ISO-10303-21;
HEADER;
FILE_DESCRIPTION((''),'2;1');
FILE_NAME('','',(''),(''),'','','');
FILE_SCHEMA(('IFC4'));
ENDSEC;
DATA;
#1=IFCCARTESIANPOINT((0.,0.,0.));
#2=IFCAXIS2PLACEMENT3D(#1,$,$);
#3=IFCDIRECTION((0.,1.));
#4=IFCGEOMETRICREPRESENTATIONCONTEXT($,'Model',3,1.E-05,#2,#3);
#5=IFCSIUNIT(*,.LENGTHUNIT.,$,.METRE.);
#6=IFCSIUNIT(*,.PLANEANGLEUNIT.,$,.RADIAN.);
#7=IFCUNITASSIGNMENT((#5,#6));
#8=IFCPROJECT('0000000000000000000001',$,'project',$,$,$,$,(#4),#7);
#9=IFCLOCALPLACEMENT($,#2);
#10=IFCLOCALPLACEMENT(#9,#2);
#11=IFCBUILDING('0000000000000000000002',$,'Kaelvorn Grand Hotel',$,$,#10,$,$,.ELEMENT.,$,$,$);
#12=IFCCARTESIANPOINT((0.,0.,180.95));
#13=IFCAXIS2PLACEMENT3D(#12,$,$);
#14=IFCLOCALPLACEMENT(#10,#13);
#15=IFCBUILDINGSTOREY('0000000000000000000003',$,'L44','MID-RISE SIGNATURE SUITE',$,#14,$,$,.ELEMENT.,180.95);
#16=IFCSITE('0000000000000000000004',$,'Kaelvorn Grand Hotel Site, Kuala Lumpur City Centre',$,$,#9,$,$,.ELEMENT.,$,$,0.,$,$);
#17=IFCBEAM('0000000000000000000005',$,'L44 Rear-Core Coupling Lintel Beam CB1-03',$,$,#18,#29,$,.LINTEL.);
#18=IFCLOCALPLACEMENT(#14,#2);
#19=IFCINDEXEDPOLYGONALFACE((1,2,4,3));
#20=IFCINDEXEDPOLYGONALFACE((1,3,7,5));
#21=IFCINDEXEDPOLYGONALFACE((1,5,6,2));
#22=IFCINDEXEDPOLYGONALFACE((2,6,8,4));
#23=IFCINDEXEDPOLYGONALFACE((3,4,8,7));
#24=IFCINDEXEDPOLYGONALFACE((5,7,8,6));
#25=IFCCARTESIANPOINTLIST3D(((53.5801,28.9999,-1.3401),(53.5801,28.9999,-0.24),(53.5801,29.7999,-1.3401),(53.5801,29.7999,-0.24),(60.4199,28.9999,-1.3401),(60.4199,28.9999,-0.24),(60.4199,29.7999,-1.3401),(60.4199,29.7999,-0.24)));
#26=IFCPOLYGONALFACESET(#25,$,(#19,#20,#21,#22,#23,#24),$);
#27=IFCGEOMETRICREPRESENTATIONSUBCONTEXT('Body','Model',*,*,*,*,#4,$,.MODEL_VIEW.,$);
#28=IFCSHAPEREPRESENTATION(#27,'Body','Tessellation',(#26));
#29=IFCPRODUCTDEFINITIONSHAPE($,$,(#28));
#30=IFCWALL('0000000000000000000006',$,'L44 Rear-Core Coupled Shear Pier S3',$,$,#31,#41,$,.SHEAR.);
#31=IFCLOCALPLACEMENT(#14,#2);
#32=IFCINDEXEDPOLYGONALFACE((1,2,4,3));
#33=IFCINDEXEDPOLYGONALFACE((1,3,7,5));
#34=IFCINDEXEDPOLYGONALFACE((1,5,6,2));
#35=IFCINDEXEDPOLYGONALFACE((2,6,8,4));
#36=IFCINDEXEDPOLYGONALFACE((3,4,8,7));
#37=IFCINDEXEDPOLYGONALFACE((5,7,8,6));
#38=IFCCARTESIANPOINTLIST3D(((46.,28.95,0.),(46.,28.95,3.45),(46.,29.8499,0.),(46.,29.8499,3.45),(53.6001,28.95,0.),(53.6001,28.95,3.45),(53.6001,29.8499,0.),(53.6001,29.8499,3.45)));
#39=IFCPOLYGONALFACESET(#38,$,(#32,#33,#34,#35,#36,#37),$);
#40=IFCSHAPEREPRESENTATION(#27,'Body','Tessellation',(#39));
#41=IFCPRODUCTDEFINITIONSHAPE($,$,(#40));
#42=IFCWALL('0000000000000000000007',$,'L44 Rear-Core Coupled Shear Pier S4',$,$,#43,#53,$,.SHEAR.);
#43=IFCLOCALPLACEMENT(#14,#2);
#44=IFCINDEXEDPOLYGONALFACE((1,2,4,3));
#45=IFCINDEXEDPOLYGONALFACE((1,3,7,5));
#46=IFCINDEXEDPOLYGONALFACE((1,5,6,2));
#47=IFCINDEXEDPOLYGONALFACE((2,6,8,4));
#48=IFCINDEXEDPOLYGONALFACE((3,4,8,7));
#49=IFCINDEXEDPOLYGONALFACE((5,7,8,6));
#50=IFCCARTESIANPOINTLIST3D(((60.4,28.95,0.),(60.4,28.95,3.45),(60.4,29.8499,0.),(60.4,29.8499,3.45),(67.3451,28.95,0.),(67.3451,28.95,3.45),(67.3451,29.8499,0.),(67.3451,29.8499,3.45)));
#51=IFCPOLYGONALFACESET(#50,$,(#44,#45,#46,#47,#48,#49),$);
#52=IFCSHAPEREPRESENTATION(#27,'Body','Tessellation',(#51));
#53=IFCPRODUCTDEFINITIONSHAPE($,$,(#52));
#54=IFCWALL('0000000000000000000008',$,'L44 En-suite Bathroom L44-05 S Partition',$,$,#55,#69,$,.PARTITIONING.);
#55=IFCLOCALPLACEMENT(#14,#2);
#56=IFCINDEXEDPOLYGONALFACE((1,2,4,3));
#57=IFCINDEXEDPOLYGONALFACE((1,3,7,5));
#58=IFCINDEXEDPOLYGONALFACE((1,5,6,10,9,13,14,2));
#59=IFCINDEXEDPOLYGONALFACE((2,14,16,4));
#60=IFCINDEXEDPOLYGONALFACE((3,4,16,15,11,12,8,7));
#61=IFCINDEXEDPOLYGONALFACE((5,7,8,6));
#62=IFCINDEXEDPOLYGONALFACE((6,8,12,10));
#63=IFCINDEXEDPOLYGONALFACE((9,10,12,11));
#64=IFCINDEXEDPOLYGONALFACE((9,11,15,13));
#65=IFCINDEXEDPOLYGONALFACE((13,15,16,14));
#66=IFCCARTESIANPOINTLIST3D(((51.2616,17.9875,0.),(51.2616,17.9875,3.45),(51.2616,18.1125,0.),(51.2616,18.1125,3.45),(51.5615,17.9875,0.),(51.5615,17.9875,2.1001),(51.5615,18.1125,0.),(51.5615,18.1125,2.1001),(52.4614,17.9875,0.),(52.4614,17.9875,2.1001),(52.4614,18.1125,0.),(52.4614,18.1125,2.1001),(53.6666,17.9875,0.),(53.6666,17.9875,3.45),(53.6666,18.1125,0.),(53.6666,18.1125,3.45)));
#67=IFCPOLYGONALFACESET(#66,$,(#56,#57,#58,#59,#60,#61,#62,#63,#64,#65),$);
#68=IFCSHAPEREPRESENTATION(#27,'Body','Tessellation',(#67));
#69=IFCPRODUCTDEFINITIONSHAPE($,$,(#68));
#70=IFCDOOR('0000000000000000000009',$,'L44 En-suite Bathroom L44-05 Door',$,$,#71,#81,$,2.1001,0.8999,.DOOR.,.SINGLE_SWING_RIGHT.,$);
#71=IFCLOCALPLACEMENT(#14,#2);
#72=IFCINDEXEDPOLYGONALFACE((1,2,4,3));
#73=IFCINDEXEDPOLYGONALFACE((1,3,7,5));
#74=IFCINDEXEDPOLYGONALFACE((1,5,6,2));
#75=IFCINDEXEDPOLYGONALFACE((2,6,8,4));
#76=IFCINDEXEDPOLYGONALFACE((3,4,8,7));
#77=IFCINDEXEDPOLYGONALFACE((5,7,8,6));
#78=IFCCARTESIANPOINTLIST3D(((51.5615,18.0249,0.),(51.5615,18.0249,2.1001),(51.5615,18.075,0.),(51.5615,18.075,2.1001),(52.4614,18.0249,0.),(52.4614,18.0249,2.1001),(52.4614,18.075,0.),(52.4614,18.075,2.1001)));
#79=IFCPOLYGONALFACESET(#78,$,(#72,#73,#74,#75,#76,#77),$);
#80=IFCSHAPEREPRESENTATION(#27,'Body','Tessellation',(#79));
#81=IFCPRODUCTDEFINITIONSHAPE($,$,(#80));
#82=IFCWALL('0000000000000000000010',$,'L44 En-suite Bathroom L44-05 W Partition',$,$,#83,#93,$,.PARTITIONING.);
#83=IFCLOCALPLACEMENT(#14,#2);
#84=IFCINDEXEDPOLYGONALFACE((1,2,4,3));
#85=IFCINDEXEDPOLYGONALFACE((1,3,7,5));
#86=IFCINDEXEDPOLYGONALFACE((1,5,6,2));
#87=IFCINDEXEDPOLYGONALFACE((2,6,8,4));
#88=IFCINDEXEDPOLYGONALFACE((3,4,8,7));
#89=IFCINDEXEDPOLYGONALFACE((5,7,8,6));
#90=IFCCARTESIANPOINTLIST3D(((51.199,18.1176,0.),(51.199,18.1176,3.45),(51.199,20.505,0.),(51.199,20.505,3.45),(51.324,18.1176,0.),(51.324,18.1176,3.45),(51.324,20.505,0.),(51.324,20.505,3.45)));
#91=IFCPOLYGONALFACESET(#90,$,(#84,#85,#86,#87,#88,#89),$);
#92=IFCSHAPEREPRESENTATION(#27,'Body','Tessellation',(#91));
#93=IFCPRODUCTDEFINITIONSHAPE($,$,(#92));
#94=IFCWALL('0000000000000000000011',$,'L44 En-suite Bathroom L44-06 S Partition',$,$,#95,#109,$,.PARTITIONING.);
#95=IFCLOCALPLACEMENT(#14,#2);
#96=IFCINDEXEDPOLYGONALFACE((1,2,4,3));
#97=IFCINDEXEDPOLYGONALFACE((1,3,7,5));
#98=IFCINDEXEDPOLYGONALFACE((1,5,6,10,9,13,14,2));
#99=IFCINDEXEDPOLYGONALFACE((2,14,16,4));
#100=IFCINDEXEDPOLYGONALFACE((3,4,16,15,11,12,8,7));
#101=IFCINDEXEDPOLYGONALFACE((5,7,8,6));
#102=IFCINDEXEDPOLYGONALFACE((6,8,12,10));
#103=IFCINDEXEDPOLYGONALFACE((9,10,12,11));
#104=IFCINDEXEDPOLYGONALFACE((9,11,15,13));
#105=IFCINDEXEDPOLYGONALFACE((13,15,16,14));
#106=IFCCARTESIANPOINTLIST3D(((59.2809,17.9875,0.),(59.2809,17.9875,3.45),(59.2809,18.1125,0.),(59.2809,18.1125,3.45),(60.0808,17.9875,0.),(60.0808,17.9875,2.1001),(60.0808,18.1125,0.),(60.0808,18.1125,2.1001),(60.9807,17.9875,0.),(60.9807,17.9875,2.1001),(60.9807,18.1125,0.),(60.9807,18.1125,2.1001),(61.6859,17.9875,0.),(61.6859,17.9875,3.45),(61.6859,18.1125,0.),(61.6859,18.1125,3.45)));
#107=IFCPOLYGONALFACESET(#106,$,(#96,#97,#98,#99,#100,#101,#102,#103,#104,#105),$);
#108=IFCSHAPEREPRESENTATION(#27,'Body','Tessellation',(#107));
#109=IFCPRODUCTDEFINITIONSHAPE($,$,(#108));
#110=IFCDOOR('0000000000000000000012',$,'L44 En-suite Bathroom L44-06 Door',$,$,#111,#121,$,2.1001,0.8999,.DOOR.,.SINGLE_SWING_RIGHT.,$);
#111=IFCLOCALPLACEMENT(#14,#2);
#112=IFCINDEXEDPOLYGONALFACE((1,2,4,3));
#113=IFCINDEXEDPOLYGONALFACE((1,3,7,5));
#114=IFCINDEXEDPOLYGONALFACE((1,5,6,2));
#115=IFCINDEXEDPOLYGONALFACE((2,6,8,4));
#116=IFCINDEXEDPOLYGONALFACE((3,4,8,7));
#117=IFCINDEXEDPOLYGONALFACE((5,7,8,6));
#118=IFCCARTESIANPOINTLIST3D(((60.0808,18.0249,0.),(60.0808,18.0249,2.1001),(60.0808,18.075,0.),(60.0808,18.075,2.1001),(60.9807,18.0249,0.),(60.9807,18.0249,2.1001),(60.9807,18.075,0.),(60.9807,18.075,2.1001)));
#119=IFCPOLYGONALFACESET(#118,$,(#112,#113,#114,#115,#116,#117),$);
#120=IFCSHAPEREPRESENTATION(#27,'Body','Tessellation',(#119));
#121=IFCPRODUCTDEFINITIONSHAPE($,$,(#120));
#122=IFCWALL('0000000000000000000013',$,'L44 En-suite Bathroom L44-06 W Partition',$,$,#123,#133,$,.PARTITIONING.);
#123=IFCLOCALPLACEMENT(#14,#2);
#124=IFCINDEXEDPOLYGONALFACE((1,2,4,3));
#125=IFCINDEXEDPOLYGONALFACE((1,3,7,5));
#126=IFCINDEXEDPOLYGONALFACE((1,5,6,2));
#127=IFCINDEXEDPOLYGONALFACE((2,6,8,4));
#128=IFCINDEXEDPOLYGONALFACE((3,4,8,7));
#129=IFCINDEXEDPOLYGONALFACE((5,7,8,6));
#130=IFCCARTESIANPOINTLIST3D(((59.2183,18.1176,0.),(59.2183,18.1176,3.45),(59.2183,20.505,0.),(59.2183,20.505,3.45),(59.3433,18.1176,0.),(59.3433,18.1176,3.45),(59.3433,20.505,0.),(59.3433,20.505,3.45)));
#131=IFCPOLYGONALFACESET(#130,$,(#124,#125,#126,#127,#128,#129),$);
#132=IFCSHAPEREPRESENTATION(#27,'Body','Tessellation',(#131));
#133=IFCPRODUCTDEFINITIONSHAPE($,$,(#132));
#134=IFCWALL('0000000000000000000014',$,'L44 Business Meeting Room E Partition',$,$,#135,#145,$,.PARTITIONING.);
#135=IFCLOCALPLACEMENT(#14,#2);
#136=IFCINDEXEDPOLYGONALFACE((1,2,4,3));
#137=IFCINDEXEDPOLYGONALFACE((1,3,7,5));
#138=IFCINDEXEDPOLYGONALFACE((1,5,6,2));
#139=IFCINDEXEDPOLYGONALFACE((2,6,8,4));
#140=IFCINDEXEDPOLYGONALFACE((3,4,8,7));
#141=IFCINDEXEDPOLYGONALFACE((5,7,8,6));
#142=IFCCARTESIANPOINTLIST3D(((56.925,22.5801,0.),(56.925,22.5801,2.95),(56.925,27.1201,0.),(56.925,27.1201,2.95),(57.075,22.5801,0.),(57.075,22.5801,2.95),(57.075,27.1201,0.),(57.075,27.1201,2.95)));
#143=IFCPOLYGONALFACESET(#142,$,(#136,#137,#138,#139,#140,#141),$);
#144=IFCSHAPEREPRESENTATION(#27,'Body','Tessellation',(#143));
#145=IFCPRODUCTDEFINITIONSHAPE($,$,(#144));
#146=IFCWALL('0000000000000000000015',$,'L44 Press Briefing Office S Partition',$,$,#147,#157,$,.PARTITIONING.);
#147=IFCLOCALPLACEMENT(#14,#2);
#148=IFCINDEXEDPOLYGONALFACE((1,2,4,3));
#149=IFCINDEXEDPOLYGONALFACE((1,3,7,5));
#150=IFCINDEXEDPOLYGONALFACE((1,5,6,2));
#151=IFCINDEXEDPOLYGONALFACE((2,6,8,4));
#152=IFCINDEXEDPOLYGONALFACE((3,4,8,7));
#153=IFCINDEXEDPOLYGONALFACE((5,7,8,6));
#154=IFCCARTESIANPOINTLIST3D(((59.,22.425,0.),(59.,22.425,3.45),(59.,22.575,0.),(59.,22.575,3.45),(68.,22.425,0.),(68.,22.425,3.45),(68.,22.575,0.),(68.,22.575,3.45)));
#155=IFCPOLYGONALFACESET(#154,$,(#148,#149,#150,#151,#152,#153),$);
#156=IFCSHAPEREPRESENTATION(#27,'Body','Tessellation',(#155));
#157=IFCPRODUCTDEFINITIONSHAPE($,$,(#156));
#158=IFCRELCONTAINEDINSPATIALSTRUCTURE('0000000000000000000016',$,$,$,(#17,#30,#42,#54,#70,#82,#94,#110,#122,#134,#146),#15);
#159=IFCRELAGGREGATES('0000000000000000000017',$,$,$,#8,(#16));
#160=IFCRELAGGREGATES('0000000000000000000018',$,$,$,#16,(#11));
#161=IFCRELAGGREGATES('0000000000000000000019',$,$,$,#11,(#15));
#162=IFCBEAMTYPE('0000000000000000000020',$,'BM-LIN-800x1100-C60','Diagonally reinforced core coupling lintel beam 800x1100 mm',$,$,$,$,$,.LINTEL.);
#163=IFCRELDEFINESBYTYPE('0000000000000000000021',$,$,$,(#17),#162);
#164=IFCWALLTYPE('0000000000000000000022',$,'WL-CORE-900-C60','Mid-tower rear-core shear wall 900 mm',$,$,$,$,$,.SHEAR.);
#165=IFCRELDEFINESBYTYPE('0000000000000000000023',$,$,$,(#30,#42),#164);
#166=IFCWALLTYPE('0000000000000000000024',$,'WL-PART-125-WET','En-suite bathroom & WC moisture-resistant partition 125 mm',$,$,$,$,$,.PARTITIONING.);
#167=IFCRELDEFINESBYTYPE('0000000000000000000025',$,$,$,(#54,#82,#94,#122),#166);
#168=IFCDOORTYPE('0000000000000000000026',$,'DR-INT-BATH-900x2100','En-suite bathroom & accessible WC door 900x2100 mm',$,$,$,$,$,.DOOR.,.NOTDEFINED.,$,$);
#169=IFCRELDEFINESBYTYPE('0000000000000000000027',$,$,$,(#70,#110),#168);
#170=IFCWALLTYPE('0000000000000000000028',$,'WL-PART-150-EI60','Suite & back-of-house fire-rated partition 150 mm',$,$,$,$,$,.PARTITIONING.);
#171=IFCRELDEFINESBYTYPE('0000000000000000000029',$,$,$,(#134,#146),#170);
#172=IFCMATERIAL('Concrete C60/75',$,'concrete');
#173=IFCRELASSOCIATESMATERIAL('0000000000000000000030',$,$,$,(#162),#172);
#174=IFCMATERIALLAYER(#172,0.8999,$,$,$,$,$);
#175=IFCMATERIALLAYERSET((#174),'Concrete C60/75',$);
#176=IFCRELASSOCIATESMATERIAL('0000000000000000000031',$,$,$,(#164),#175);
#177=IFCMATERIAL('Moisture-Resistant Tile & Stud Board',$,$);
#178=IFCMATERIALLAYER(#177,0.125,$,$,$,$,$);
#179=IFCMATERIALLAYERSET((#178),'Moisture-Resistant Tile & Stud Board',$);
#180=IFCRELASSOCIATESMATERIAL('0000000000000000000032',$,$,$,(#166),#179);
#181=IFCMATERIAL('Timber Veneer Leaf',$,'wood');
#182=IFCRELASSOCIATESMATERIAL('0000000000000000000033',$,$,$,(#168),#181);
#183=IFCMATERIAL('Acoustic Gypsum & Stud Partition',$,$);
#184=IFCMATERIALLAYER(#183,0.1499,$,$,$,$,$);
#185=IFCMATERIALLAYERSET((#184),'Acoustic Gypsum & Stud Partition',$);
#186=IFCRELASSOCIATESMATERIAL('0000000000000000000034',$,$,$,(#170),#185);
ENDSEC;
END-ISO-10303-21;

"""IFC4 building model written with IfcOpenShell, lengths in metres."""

from ifc_helpers import new_model, si_unit, direction, frame, frame_2d, origin, origin_2d, place, context, subcontext, project, spatial, rectangle, extrude, material, layer, layer_set, material_profile, profile_set, type_object, element, fill, save


model = new_model("IFC4")

# Units and contexts
model_context = context("Model", 3, precision=1e-05, world=origin(), true_north=direction((0.0, 1.0)))
body_context = subcontext(model_context, "Body", "Model", "MODEL_VIEW")
ifc_project = project(units=[si_unit("LENGTHUNIT", "METRE"), si_unit("PLANEANGLEUNIT", "RADIAN")], contexts=[model_context])

# Site, building, storey
site_placement = place(None, origin())
site = spatial("IfcSite", under=ifc_project, at=site_placement, Name="Kaelvorn Grand Hotel Site, Kuala Lumpur City Centre", CompositionType="ELEMENT", RefElevation=0.0)
building_placement = place(site_placement, origin())
building = spatial("IfcBuilding", under=site, at=building_placement, Name="Kaelvorn Grand Hotel", CompositionType="ELEMENT")
storey_placement = place(building_placement, frame((0.0, 0.0, 180.95)))
storey = spatial("IfcBuildingStorey", under=building, at=storey_placement, Name="L44", Description="MID-RISE SIGNATURE SUITE", CompositionType="ELEMENT", Elevation=180.95)

# Shared definitions
ifc_material_1 = material(Name="Concrete C60/75", Category="concrete")

# Beam
ifc_material_profile_1 = material_profile(ifc_material_1, rectangle(XDim=0.8, YDim=1.1001, at=origin_2d()), Name="RC LINTEL 800x1100")
ifc_profile_set_1 = profile_set([ifc_material_profile_1], Name="Concrete C60/75")
beam_type_1 = type_object("IfcBeamType", Name="BM-LIN-800x1100-C60", Description="Diagonally reinforced core coupling lintel beam 800x1100 mm", PredefinedType="LINTEL", material=ifc_profile_set_1)
beam_1_placement = place(storey_placement, frame((53.5801, 29.3999, -0.79), z_axis=(1.0, 0.0, 0.0), x_axis=(0.0, 1.0, 0.0)))
element("IfcBeam", 1, at=beam_1_placement, inside=storey, type_object=beam_type_1, Name="L44 Rear-Core Coupling Lintel Beam CB1-03", PredefinedType="LINTEL", context=body_context, shape_type="SweptSolid", body=[
    extrude(rectangle(XDim=0.8, YDim=1.1001, at=origin_2d()), origin(), (0.0, 0.0, 1.0), 6.8398),
])

# Walls
ifc_layer_1 = layer(ifc_material_1, 0.8999)
ifc_layer_set_1 = layer_set([ifc_layer_1], Name="Concrete C60/75")
wall_type_1 = type_object("IfcWallType", Name="WL-CORE-900-C60", Description="Mid-tower rear-core shear wall 900 mm", PredefinedType="SHEAR", material=ifc_layer_set_1)
wall_1_placement = place(storey_placement, frame((46.0, 29.3999, 0.0), z_axis=(0.0, 0.0, 1.0), x_axis=(1.0, 0.0, 0.0)))
element("IfcWall", 2, at=wall_1_placement, inside=storey, type_object=wall_type_1, Name="L44 Rear-Core Coupled Shear Pier S3", PredefinedType="SHEAR", context=body_context, shape_type="SweptSolid", body=[
    extrude(rectangle(XDim=7.6001, YDim=0.8999, at=frame_2d((3.8, 0.0))), origin(), (0.0, 0.0, 1.0), 3.45),
])
wall_2_placement = place(storey_placement, frame((60.3999, 29.3999, 0.0), z_axis=(0.0, 0.0, 1.0), x_axis=(1.0, 0.0, 0.0)))
element("IfcWall", 3, at=wall_2_placement, inside=storey, type_object=wall_type_1, Name="L44 Rear-Core Coupled Shear Pier S4", PredefinedType="SHEAR", context=body_context, shape_type="SweptSolid", body=[
    extrude(rectangle(XDim=6.9451, YDim=0.8999, at=frame_2d((3.4727, 0.0))), origin(), (0.0, 0.0, 1.0), 3.45),
])

# Wall, opening, door
ifc_material_2 = material(Name="Moisture-Resistant Tile & Stud Board")
ifc_layer_2 = layer(ifc_material_2, 0.125)
ifc_layer_set_2 = layer_set([ifc_layer_2], Name="Moisture-Resistant Tile & Stud Board")
wall_type_2 = type_object("IfcWallType", Name="WL-PART-125-WET", Description="En-suite bathroom & WC moisture-resistant partition 125 mm", PredefinedType="PARTITIONING", material=ifc_layer_set_2)
wall_3_placement = place(storey_placement, frame((51.2615, 18.05, 0.0), z_axis=(0.0, 0.0, 1.0), x_axis=(1.0, 0.0, 0.0)))
wall_3 = element("IfcWall", 4, at=wall_3_placement, inside=storey, type_object=wall_type_2, Name="L44 En-suite Bathroom L44-05 S Partition", PredefinedType="PARTITIONING", context=body_context, shape_type="SweptSolid", body=[
    extrude(rectangle(XDim=2.405, YDim=0.125, at=frame_2d((1.2026, 0.0))), origin(), (0.0, 0.0, 1.0), 3.45),
])
opening_1_placement = place(wall_3_placement, frame((0.3, 0.0, 0.0)))
opening_1 = element("IfcOpeningElement", 5, at=opening_1_placement, cuts=wall_3, PredefinedType="OPENING", context=body_context, shape_type="SweptSolid", body=[
    extrude(rectangle(XDim=0.8999, YDim=2.1001, at=frame_2d((0.45, 1.05))), frame((0.0, 0.0725, 0.0), z_axis=(0.0, -1.0, 0.0), x_axis=(1.0, 0.0, 0.0)), (0.0, 0.0, 1.0), 0.145),
])
ifc_material_3 = material(Name="Timber Veneer Leaf", Category="wood")
door_type_1 = type_object("IfcDoorType", Name="DR-INT-BATH-900x2100", Description="En-suite bathroom & accessible WC door 900x2100 mm", OperationType="NOTDEFINED", PredefinedType="DOOR", material=ifc_material_3)
door_1_placement = place(opening_1_placement, origin())
door_1 = element("IfcDoor", 6, at=door_1_placement, inside=storey, type_object=door_type_1, Name="L44 En-suite Bathroom L44-05 Door", OperationType="SINGLE_SWING_RIGHT", OverallHeight=2.1001, OverallWidth=0.8999, PredefinedType="DOOR", context=body_context, shape_type="SweptSolid", body=[
    extrude(rectangle(XDim=0.8999, YDim=2.1001, at=frame_2d((0.45, 1.05))), frame((0.0, 0.0249, 0.0), z_axis=(0.0, -1.0, 0.0), x_axis=(1.0, 0.0, 0.0)), (0.0, 0.0, 1.0), 0.05),
])
fill(opening_1, door_1)

# Wall
wall_4_placement = place(storey_placement, frame((51.2615, 18.1174, 0.0), z_axis=(0.0, 0.0, 1.0), x_axis=(0.0, 1.0, 0.0)))
element("IfcWall", 7, at=wall_4_placement, inside=storey, type_object=wall_type_2, Name="L44 En-suite Bathroom L44-05 W Partition", PredefinedType="PARTITIONING", context=body_context, shape_type="SweptSolid", body=[
    extrude(rectangle(XDim=2.3875, YDim=0.125, at=frame_2d((1.1938, 0.0))), origin(), (0.0, 0.0, 1.0), 3.45),
])

# Wall, opening, door
wall_5_placement = place(storey_placement, frame((59.2808, 18.05, 0.0), z_axis=(0.0, 0.0, 1.0), x_axis=(1.0, 0.0, 0.0)))
wall_5 = element("IfcWall", 8, at=wall_5_placement, inside=storey, type_object=wall_type_2, Name="L44 En-suite Bathroom L44-06 S Partition", PredefinedType="PARTITIONING", context=body_context, shape_type="SweptSolid", body=[
    extrude(rectangle(XDim=2.405, YDim=0.125, at=frame_2d((1.2026, 0.0))), origin(), (0.0, 0.0, 1.0), 3.45),
])
opening_2_placement = place(wall_5_placement, frame((0.8, 0.0, 0.0)))
opening_2 = element("IfcOpeningElement", 9, at=opening_2_placement, cuts=wall_5, PredefinedType="OPENING", context=body_context, shape_type="SweptSolid", body=[
    extrude(rectangle(XDim=0.8999, YDim=2.1001, at=frame_2d((0.45, 1.05))), frame((0.0, 0.0725, 0.0), z_axis=(0.0, -1.0, 0.0), x_axis=(1.0, 0.0, 0.0)), (0.0, 0.0, 1.0), 0.145),
])
door_2_placement = place(opening_2_placement, origin())
door_2 = element("IfcDoor", 10, at=door_2_placement, inside=storey, type_object=door_type_1, Name="L44 En-suite Bathroom L44-06 Door", OperationType="SINGLE_SWING_RIGHT", OverallHeight=2.1001, OverallWidth=0.8999, PredefinedType="DOOR", context=body_context, shape_type="SweptSolid", body=[
    extrude(rectangle(XDim=0.8999, YDim=2.1001, at=frame_2d((0.45, 1.05))), frame((0.0, 0.0249, 0.0), z_axis=(0.0, -1.0, 0.0), x_axis=(1.0, 0.0, 0.0)), (0.0, 0.0, 1.0), 0.05),
])
fill(opening_2, door_2)

# Walls
wall_6_placement = place(storey_placement, frame((59.2808, 18.1174, 0.0), z_axis=(0.0, 0.0, 1.0), x_axis=(0.0, 1.0, 0.0)))
element("IfcWall", 11, at=wall_6_placement, inside=storey, type_object=wall_type_2, Name="L44 En-suite Bathroom L44-06 W Partition", PredefinedType="PARTITIONING", context=body_context, shape_type="SweptSolid", body=[
    extrude(rectangle(XDim=2.3875, YDim=0.125, at=frame_2d((1.1938, 0.0))), origin(), (0.0, 0.0, 1.0), 3.45),
])
ifc_material_4 = material(Name="Acoustic Gypsum & Stud Partition")
ifc_layer_3 = layer(ifc_material_4, 0.1499)
ifc_layer_set_3 = layer_set([ifc_layer_3], Name="Acoustic Gypsum & Stud Partition")
wall_type_3 = type_object("IfcWallType", Name="WL-PART-150-EI60", Description="Suite & back-of-house fire-rated partition 150 mm", PredefinedType="PARTITIONING", material=ifc_layer_set_3)
wall_7_placement = place(storey_placement, frame((57.0, 22.5801, 0.0), z_axis=(0.0, 0.0, 1.0), x_axis=(0.0, 1.0, 0.0)))
element("IfcWall", 12, at=wall_7_placement, inside=storey, type_object=wall_type_3, Name="L44 Business Meeting Room E Partition", PredefinedType="PARTITIONING", context=body_context, shape_type="SweptSolid", body=[
    extrude(rectangle(XDim=4.54, YDim=0.1499, at=frame_2d((2.27, 0.0))), origin(), (0.0, 0.0, 1.0), 2.95),
])
wall_8_placement = place(storey_placement, frame((59.0, 22.5, 0.0), z_axis=(0.0, 0.0, 1.0), x_axis=(1.0, 0.0, 0.0)))
element("IfcWall", 13, at=wall_8_placement, inside=storey, type_object=wall_type_3, Name="L44 Press Briefing Office S Partition", PredefinedType="PARTITIONING", context=body_context, shape_type="SweptSolid", body=[
    extrude(rectangle(XDim=9.0, YDim=0.1499, at=frame_2d((4.5, 0.0))), origin(), (0.0, 0.0, 1.0), 3.45),
])

save(model, "model.ifc")
